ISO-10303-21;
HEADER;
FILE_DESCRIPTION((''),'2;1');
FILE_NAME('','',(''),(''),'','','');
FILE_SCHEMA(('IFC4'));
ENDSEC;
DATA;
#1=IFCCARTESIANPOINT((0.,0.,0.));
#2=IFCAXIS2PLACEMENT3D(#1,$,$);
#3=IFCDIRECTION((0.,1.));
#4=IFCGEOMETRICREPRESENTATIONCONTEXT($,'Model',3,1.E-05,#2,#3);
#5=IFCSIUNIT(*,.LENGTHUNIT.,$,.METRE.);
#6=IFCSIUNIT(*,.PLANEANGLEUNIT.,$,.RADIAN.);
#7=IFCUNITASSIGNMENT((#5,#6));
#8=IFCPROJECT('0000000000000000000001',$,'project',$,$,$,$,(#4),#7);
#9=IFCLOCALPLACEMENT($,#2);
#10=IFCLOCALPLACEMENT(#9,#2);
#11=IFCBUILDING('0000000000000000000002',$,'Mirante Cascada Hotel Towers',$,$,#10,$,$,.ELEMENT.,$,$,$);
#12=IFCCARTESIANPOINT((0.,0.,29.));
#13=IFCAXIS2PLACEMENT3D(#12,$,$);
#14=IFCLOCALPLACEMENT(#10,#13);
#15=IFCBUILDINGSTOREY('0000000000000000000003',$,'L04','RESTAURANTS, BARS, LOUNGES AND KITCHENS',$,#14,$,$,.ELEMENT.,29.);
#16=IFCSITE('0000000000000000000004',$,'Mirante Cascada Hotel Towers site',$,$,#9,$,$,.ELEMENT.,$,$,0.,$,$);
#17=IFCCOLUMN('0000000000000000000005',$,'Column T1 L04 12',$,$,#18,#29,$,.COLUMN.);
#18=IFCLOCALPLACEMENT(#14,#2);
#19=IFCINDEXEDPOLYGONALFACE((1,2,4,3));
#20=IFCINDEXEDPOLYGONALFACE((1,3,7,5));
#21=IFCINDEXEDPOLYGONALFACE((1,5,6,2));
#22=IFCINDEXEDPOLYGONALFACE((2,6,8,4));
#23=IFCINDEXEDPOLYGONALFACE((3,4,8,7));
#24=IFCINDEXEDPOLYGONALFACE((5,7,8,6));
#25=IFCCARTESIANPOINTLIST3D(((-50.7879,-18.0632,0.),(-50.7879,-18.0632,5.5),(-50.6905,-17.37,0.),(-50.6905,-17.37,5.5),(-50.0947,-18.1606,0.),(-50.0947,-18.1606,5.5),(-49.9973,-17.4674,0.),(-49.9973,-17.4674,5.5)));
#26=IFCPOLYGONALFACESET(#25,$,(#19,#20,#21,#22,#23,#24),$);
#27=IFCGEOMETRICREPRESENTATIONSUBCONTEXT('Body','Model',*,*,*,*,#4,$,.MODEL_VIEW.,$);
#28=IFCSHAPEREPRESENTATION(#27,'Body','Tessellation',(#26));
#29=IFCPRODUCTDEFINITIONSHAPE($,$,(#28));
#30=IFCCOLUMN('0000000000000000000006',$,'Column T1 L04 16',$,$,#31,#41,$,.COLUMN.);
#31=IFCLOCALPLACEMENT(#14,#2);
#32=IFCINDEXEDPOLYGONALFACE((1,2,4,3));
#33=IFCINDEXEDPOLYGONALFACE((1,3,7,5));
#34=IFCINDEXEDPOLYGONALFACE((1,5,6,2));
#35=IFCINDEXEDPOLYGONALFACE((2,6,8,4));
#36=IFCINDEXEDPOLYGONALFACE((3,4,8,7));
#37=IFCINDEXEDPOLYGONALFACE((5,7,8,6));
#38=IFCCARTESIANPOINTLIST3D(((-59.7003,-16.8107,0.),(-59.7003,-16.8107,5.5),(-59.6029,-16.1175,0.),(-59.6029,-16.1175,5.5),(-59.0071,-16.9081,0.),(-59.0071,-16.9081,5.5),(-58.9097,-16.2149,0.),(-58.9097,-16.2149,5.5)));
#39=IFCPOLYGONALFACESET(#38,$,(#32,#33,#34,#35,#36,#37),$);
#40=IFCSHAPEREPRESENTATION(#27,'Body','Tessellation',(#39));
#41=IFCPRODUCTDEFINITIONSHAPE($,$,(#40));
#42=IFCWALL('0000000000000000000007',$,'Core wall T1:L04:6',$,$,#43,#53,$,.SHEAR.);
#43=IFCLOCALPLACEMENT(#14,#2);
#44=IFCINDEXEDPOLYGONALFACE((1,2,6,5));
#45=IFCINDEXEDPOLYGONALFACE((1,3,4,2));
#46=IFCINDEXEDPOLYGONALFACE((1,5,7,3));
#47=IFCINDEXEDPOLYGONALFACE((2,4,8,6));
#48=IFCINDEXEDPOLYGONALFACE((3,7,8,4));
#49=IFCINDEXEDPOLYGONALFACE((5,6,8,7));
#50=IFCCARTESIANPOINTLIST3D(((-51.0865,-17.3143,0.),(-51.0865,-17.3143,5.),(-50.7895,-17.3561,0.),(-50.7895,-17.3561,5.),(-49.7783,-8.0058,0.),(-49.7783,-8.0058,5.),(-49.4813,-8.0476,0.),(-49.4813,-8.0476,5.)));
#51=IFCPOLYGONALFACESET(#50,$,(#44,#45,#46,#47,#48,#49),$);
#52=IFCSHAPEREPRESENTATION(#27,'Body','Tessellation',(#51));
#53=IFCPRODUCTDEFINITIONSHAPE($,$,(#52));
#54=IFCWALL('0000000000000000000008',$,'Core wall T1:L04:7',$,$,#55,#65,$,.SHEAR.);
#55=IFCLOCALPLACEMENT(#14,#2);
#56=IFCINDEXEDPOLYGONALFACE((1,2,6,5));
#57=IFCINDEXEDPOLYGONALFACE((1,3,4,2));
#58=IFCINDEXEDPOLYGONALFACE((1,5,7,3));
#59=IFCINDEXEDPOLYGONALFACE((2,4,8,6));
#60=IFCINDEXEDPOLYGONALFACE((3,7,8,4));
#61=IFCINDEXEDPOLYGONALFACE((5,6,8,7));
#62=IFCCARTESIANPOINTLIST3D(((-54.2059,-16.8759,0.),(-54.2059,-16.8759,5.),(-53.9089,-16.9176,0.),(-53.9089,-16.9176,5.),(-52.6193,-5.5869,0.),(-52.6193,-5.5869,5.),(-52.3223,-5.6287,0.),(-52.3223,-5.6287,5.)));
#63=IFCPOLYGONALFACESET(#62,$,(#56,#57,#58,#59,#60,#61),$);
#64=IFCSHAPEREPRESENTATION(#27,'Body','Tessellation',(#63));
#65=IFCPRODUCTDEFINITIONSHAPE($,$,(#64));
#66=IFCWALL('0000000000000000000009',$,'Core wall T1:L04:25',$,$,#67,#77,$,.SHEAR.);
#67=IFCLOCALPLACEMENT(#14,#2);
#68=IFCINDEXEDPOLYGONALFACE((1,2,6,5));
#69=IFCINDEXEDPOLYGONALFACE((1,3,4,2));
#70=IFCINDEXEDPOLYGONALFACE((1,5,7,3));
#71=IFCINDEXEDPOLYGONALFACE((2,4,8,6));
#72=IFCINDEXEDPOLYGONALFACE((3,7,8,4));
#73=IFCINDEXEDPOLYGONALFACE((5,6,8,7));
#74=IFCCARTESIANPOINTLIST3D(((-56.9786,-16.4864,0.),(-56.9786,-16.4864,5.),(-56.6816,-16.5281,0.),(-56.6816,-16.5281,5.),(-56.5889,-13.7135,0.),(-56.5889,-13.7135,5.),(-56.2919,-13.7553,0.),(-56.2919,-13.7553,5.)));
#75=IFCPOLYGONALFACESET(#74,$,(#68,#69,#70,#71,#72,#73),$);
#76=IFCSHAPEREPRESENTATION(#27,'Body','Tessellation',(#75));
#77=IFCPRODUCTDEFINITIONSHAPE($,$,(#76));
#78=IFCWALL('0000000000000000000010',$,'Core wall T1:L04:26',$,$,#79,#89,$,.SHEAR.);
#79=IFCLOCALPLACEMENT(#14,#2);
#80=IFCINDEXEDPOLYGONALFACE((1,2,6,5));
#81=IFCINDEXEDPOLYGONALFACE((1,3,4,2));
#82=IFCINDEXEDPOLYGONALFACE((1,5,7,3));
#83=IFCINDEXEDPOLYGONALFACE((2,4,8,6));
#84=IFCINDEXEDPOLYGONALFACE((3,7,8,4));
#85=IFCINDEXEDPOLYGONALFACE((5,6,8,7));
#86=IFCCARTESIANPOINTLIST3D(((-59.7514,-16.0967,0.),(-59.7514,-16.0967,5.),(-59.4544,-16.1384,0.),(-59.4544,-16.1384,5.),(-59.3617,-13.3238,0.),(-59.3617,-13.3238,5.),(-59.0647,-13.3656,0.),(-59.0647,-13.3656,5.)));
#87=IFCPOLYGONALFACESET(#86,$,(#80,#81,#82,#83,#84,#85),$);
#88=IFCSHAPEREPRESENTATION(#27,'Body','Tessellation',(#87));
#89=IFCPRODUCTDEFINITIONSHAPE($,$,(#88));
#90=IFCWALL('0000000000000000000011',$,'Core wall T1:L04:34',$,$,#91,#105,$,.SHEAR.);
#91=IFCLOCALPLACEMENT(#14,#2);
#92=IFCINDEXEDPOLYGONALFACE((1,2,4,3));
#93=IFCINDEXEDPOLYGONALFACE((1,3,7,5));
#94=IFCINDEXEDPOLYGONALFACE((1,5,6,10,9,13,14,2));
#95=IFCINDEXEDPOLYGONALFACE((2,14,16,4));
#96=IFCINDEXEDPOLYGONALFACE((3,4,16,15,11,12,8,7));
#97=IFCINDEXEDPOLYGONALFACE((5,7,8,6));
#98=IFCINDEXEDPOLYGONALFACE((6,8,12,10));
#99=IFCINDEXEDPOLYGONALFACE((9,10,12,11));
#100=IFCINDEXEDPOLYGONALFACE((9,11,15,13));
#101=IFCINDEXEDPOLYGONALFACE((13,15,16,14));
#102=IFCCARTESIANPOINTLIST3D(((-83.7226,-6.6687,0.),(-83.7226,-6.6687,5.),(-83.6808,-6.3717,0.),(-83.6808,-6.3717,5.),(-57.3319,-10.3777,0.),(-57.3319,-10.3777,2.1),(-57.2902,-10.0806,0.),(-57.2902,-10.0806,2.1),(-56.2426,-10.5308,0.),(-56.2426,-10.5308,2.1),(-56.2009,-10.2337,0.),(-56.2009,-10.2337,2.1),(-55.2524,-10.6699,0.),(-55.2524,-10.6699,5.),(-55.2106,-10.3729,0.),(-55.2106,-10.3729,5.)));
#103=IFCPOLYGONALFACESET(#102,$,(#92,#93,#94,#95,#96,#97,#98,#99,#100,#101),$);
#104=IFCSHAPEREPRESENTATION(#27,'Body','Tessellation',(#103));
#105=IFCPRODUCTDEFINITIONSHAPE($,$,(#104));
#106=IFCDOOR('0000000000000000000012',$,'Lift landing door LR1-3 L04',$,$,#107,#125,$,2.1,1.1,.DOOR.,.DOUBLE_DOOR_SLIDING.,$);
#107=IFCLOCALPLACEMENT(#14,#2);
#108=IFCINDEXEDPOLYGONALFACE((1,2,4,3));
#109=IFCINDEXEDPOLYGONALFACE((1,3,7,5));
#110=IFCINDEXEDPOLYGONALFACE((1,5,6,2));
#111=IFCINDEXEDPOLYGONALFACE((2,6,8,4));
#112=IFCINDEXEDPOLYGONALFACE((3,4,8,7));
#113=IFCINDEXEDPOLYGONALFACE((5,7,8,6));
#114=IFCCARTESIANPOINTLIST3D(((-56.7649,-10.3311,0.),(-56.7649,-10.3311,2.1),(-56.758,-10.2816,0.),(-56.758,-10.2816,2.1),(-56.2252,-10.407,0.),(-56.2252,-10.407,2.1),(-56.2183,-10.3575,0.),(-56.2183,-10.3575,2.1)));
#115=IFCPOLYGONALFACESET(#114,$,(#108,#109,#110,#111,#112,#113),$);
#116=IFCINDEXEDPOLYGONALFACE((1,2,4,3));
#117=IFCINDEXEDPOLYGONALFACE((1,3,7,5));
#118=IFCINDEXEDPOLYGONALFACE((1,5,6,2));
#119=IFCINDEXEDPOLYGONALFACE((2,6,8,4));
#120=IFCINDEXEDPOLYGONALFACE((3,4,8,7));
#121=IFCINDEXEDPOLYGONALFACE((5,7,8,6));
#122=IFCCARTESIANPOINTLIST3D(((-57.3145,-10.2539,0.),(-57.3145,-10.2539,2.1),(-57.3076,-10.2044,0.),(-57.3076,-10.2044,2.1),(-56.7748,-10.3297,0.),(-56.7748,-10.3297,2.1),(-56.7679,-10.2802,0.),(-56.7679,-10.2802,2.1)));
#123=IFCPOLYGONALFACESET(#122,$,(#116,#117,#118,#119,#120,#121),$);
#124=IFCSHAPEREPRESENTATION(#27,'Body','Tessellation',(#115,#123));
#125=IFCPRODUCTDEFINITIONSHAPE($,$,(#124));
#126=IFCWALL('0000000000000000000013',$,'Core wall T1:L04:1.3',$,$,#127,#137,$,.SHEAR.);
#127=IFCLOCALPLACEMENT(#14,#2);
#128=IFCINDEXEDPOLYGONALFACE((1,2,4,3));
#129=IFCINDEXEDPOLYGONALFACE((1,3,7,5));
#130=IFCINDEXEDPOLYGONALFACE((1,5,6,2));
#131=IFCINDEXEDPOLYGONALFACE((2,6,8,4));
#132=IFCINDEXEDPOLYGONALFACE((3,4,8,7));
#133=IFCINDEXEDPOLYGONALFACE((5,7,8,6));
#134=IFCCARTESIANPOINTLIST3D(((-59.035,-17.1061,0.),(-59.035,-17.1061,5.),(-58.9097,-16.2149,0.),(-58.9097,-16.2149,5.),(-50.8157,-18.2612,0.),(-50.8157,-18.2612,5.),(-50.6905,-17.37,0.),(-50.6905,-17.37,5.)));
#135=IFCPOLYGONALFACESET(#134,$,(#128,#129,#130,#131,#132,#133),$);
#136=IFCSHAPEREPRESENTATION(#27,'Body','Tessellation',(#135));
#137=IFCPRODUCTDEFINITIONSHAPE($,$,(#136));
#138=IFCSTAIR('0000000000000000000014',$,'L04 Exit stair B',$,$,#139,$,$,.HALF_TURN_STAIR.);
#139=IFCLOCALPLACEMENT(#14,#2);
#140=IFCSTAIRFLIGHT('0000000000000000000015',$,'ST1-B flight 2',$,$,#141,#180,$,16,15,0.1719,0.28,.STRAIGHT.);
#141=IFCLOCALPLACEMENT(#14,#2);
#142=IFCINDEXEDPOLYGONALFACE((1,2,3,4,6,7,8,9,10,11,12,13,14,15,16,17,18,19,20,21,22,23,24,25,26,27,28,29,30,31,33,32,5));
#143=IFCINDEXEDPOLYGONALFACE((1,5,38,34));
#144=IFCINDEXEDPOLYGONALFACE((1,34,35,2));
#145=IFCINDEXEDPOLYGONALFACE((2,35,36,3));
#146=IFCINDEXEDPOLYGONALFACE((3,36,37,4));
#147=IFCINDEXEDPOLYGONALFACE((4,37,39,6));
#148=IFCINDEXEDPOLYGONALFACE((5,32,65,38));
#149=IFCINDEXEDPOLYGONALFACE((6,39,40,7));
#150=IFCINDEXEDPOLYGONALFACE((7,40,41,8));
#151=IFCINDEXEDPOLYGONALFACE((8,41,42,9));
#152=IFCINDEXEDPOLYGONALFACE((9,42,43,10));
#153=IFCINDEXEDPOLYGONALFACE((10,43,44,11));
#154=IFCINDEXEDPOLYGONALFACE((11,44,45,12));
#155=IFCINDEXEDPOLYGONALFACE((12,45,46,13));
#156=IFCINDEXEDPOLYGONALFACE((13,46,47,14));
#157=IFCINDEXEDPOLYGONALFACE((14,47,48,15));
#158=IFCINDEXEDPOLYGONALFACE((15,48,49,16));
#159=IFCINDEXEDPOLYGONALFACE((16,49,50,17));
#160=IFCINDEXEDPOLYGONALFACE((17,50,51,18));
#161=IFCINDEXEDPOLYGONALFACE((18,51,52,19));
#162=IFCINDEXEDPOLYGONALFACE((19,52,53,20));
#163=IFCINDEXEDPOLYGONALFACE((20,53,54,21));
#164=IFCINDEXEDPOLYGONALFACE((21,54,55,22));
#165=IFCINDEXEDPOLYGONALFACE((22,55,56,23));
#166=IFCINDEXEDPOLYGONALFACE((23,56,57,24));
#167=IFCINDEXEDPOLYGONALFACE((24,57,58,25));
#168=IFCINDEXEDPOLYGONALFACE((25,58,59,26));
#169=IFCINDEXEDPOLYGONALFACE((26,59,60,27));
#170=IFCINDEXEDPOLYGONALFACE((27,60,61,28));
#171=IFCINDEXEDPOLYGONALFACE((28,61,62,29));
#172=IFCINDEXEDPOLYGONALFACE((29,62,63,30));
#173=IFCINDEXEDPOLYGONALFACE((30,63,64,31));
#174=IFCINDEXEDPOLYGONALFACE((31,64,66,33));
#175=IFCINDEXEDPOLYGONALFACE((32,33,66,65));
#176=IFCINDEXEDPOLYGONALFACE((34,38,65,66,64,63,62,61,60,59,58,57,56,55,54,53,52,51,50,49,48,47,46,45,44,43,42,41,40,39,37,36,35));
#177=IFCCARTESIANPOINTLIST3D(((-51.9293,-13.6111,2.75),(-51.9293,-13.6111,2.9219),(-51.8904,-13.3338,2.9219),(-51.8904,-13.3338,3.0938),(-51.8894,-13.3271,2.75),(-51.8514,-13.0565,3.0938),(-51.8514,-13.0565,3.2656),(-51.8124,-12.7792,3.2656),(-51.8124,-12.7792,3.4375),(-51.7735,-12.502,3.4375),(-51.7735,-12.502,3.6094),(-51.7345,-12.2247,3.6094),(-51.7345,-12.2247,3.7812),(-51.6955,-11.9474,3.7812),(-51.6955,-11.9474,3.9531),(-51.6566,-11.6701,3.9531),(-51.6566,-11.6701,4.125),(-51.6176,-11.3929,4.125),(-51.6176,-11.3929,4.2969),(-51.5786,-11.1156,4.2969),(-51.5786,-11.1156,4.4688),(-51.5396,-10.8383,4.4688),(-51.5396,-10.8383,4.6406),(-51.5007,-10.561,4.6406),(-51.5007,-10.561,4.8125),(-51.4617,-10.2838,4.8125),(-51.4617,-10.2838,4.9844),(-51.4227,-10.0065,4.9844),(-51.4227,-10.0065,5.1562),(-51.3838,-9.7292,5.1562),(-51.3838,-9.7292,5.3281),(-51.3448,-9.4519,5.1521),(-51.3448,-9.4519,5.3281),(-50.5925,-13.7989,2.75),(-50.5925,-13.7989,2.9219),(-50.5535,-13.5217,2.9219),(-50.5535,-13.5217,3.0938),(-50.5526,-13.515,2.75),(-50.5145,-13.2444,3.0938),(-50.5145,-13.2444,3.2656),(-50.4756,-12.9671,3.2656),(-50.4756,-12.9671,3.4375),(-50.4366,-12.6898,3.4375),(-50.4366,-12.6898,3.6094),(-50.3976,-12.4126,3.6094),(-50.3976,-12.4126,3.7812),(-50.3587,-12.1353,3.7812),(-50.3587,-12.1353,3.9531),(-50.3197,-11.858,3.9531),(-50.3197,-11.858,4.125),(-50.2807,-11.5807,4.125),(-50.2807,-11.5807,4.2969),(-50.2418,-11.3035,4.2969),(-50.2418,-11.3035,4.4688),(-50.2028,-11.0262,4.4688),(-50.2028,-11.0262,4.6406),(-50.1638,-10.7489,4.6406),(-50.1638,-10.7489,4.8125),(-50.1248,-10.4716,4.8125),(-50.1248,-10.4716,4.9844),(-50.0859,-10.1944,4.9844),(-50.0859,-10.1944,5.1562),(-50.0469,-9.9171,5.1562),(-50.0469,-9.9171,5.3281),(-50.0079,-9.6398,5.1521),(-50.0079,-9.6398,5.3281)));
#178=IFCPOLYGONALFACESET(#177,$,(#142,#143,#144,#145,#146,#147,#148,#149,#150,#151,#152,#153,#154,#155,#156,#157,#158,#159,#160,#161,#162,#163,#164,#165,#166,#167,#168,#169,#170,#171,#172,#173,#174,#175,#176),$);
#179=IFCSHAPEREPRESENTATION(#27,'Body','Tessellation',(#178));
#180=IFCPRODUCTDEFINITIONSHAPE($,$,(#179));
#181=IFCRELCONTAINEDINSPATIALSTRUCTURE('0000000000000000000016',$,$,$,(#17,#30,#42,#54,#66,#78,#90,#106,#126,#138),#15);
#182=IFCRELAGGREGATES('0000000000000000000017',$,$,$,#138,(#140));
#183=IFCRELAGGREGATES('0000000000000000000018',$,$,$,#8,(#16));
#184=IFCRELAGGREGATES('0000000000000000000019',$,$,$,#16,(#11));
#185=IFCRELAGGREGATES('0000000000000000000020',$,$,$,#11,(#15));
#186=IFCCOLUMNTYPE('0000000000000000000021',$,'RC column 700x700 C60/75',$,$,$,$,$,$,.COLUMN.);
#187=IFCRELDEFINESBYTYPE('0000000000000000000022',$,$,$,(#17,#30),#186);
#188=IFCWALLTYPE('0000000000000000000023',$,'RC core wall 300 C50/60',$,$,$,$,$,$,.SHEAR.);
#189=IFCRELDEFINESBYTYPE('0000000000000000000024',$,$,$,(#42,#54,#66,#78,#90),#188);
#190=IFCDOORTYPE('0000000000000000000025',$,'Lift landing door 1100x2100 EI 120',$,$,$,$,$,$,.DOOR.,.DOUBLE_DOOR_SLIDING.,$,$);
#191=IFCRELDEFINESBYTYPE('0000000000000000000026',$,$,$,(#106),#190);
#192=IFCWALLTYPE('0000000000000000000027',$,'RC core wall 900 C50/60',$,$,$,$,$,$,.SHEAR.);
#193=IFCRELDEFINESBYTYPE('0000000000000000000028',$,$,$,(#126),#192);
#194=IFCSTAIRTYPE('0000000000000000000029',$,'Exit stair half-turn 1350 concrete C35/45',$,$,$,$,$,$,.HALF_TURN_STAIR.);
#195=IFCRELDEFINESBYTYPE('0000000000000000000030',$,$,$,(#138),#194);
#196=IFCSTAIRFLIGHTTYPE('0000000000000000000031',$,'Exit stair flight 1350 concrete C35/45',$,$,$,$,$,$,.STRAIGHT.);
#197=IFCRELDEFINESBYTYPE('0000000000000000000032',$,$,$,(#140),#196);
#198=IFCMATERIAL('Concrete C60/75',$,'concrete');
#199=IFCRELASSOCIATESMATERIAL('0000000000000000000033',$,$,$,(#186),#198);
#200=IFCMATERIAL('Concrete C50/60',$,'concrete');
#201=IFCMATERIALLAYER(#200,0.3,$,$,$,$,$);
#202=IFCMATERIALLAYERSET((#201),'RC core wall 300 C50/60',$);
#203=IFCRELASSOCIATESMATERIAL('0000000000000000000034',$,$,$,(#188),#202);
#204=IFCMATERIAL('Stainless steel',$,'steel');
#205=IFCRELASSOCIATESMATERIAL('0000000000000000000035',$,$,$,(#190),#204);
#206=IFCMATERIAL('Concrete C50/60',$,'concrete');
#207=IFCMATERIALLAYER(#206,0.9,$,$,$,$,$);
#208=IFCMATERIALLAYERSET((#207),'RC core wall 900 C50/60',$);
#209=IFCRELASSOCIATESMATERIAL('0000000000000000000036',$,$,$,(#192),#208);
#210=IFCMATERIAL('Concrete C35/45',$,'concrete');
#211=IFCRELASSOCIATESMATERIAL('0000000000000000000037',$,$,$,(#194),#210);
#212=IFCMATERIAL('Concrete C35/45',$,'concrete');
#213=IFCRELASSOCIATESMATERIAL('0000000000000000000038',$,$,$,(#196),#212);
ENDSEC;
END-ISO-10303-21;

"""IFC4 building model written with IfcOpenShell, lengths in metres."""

from ifc_helpers import new_model, si_unit, direction, frame, frame_2d, origin, origin_2d, place, context, subcontext, project, spatial, polyline, rectangle, outline, extrude, material, layer, layer_set, material_profile, profile_set, type_object, element, fill, aggregate, save


model = new_model("IFC4")

# Units and contexts
model_context = context("Model", 3, precision=1e-05, world=origin(), true_north=direction((0.0, 1.0)))
body_context = subcontext(model_context, "Body", "Model", "MODEL_VIEW")
ifc_project = project(units=[si_unit("LENGTHUNIT", "METRE"), si_unit("PLANEANGLEUNIT", "RADIAN")], contexts=[model_context])

# Site, building, storey
site_placement = place(None, origin())
site = spatial("IfcSite", under=ifc_project, at=site_placement, Name="Mirante Cascada Hotel Towers site", CompositionType="ELEMENT", RefElevation=0.0)
building_placement = place(site_placement, origin())
building = spatial("IfcBuilding", under=site, at=building_placement, Name="Mirante Cascada Hotel Towers", CompositionType="ELEMENT")
storey_placement = place(building_placement, frame((0.0, 0.0, 29.0)))
storey = spatial("IfcBuildingStorey", under=building, at=storey_placement, Name="L04", Description="RESTAURANTS, BARS, LOUNGES AND KITCHENS", CompositionType="ELEMENT", Elevation=29.0)

# Columns
ifc_material_1 = material(Name="Concrete C60/75", Category="concrete")
ifc_material_profile = material_profile(ifc_material_1, rectangle(XDim=0.7, YDim=0.7, at=origin_2d()), Name="RC column 700x700 C60/75")
ifc_profile_set = profile_set([ifc_material_profile], Name="Concrete C60/75")
column_type = type_object("IfcColumnType", Name="RC column 700x700 C60/75", PredefinedType="COLUMN", material=ifc_profile_set)
for number, where, z_axis, x_axis, name in (
    (1, (-50.3926, -17.7653, 0.0), (0.0, 0.0, 1.0), (-0.990268, 0.139173, 0.0), "Column T1 L04 12"),
    (2, (-59.305, -16.5128, 0.0), (0.0, 0.0, 1.0), (-0.990268, 0.139173, 0.0), "Column T1 L04 16"),
):
    element("IfcColumn", number, at=place(storey_placement, frame(where, z_axis=z_axis, x_axis=x_axis)), inside=storey, type_object=column_type, Name=name, PredefinedType="COLUMN", context=body_context, shape_type="SweptSolid", body=[
        extrude(rectangle(XDim=0.7, YDim=0.7, at=origin_2d()), origin(), (0.0, 0.0, 1.0), 5.5),
    ])

# Walls
ifc_material_2 = material(Name="Concrete C50/60", Category="concrete")
ifc_layer_1 = layer(ifc_material_2, 0.3)
ifc_layer_set_1 = layer_set([ifc_layer_1], Name="RC core wall 300 C50/60")
wall_type_1 = type_object("IfcWallType", Name="RC core wall 300 C50/60", PredefinedType="SHEAR", material=ifc_layer_set_1)
wall_1_placement = place(storey_placement, frame((-50.938, -17.3352, 0.0), z_axis=(0.0, 0.0, 1.0), x_axis=(0.139171, 0.990268, 0.0)))
element("IfcWall", 3, at=wall_1_placement, inside=storey, type_object=wall_type_1, Name="Core wall T1:L04:6", PredefinedType="SHEAR", context=body_context, shape_type="SweptSolid", body=[
    extrude(rectangle(XDim=9.4, YDim=0.3, at=frame_2d((4.7, 0.0))), origin(), (0.0, 0.0, 1.0), 5.0),
])
wall_2_placement = place(storey_placement, frame((-54.0574, -16.8968, 0.0), z_axis=(0.0, 0.0, 1.0), x_axis=(0.139176, 0.990268, 0.0)))
element("IfcWall", 4, at=wall_2_placement, inside=storey, type_object=wall_type_1, Name="Core wall T1:L04:7", PredefinedType="SHEAR", context=body_context, shape_type="SweptSolid", body=[
    extrude(rectangle(XDim=11.3999, YDim=0.3, at=frame_2d((5.7, 0.0))), origin(), (0.0, 0.0, 1.0), 5.0),
])

# Shared definitions
ifc_material_3 = material(Name="Stainless steel", Category="steel")
door_type_1 = type_object("IfcDoorType", Name="Lift landing door 1100x2100 EI 120", OperationType="DOUBLE_DOOR_SLIDING", PredefinedType="DOOR", material=ifc_material_3)

# Walls
for number, where, z_axis, x_axis, name in (
    (5, (-56.8301, -16.5072, 0.0), (0.0, 0.0, 1.0), (0.139176, 0.990268, 0.0), "Core wall T1:L04:25"),
    (6, (-59.6029, -16.1175, 0.0), (0.0, 0.0, 1.0), (0.139176, 0.990268, 0.0), "Core wall T1:L04:26"),
):
    element("IfcWall", number, at=place(storey_placement, frame(where, z_axis=z_axis, x_axis=x_axis)), inside=storey, type_object=wall_type_1, Name=name, PredefinedType="SHEAR", context=body_context, shape_type="SweptSolid", body=[
        extrude(rectangle(XDim=2.8001, YDim=0.3, at=frame_2d((1.4, 0.0))), origin(), (0.0, 0.0, 1.0), 5.0),
    ])

# Wall, opening, door
wall_3_placement = place(storey_placement, frame((-55.2315, -10.5214, 0.0), z_axis=(0.0, 0.0, 1.0), x_axis=(-0.990268, 0.139172, 0.0)))
wall_3 = element("IfcWall", 7, at=wall_3_placement, inside=storey, type_object=wall_type_1, Name="Core wall T1:L04:34", PredefinedType="SHEAR", context=body_context, shape_type="SweptSolid", body=[
    extrude(rectangle(XDim=28.75, YDim=0.3, at=frame_2d((14.375, 0.0))), origin(), (0.0, 0.0, 1.0), 5.0),
])
opening_1_placement = place(wall_3_placement, frame((1.0, 0.0, 0.0)))
opening_1 = element("IfcOpeningElement", 8, at=opening_1_placement, cuts=wall_3, PredefinedType="OPENING", context=body_context, shape_type="SweptSolid", body=[
    extrude(rectangle(XDim=1.1, YDim=2.1, at=frame_2d((0.55, 1.05))), frame((0.0, 0.15, 0.0), z_axis=(0.0, -1.0, 0.0), x_axis=(1.0, 0.0, 0.0)), (0.0, 0.0, 1.0), 0.3),
])
door_1_placement = place(opening_1_placement, origin())
door_1 = element("IfcDoor", 9, at=door_1_placement, inside=storey, type_object=door_type_1, Name="Lift landing door LR1-3 L04", OperationType="DOUBLE_DOOR_SLIDING", OverallHeight=2.1, OverallWidth=1.1, PredefinedType="DOOR", context=body_context, shape_type="SweptSolid", body=[
    extrude(rectangle(XDim=0.545, YDim=2.1, at=frame_2d((0.2725, 1.05))), frame((0.0, 0.025, 0.0), z_axis=(0.0, -1.0, 0.0), x_axis=(1.0, 0.0, 0.0)), (0.0, 0.0, 1.0), 0.05),
    extrude(rectangle(XDim=0.545, YDim=2.1, at=frame_2d((0.8275, 1.05))), frame((0.0, 0.025, 0.0), z_axis=(0.0, -1.0, 0.0), x_axis=(1.0, 0.0, 0.0)), (0.0, 0.0, 1.0), 0.05),
])
fill(opening_1, door_1)

# Wall
ifc_material_4 = material(Name="Concrete C50/60", Category="concrete")
ifc_layer_2 = layer(ifc_material_4, 0.9)
ifc_layer_set_2 = layer_set([ifc_layer_2], Name="RC core wall 900 C50/60")
wall_type_2 = type_object("IfcWallType", Name="RC core wall 900 C50/60", PredefinedType="SHEAR", material=ifc_layer_set_2)
wall_4_placement = place(storey_placement, frame((-50.7531, -17.8156, 0.0), z_axis=(0.0, 0.0, 1.0), x_axis=(-0.990269, 0.139169, 0.0)))
element("IfcWall", 10, at=wall_4_placement, inside=storey, type_object=wall_type_2, Name="Core wall T1:L04:1.3", PredefinedType="SHEAR", context=body_context, shape_type="SweptSolid", body=[
    extrude(rectangle(XDim=8.3, YDim=0.9, at=frame_2d((4.15, 0.0))), origin(), (0.0, 0.0, 1.0), 5.0),
])

# Stair, stair flight
ifc_material_5 = material(Name="Concrete C35/45", Category="concrete")
stair_type = type_object("IfcStairType", Name="Exit stair half-turn 1350 concrete C35/45", PredefinedType="HALF_TURN_STAIR", material=ifc_material_5)
stair_placement = place(storey_placement, origin())
stair = element("IfcStair", 11, at=stair_placement, inside=storey, type_object=stair_type, Name="L04 Exit stair B", PredefinedType="HALF_TURN_STAIR")
ifc_material_6 = material(Name="Concrete C35/45", Category="concrete")
stair_flight_type = type_object("IfcStairFlightType", Name="Exit stair flight 1350 concrete C35/45", PredefinedType="STRAIGHT", material=ifc_material_6)
stair_flight_placement = place(storey_placement, frame((-51.2609, -13.705, 2.75), z_axis=(0.0, 0.0, 1.0), x_axis=(0.139173, 0.990268, 0.0)))
stair_flight = element("IfcStairFlight", 12, at=stair_flight_placement, type_object=stair_flight_type, Name="ST1-B flight 2", NumberOfRisers=16, NumberOfTreads=15, PredefinedType="STRAIGHT", RiserHeight=0.1719, TreadLength=0.28, context=body_context, shape_type="SweptSolid", body=[
    extrude(outline(polyline([(0.0, 0.0), (0.0, 0.1719), (0.28, 0.1719), (0.28, 0.3438), (0.56, 0.3438), (0.56, 0.5156), (0.84, 0.5156), (0.84, 0.6875), (1.12, 0.6875), (1.12, 0.8594), (1.4, 0.8594), (1.4, 1.0312), (1.68, 1.0312), (1.68, 1.2031), (1.96, 1.2031), (1.96, 1.375), (2.24, 1.375), (2.24, 1.5469), (2.52, 1.5469), (2.52, 1.7188), (2.8, 1.7188), (2.8, 1.8906), (3.08, 1.8906), (3.08, 2.0625), (3.36, 2.0625), (3.36, 2.2344), (3.64, 2.2344), (3.64, 2.4062), (3.92, 2.4062), (3.92, 2.5781), (4.2, 2.5781), (4.2, 2.75), (4.2, 2.4021), (0.2867, 0.0), (0.0, 0.0)])), frame((0.0, 0.675, 0.0), z_axis=(0.0, -1.0, 0.0), x_axis=(1.0, 0.0, 0.0)), (0.0, 0.0, 1.0), 1.35),
])
aggregate(stair, [stair_flight])

save(model, "model.ifc")
